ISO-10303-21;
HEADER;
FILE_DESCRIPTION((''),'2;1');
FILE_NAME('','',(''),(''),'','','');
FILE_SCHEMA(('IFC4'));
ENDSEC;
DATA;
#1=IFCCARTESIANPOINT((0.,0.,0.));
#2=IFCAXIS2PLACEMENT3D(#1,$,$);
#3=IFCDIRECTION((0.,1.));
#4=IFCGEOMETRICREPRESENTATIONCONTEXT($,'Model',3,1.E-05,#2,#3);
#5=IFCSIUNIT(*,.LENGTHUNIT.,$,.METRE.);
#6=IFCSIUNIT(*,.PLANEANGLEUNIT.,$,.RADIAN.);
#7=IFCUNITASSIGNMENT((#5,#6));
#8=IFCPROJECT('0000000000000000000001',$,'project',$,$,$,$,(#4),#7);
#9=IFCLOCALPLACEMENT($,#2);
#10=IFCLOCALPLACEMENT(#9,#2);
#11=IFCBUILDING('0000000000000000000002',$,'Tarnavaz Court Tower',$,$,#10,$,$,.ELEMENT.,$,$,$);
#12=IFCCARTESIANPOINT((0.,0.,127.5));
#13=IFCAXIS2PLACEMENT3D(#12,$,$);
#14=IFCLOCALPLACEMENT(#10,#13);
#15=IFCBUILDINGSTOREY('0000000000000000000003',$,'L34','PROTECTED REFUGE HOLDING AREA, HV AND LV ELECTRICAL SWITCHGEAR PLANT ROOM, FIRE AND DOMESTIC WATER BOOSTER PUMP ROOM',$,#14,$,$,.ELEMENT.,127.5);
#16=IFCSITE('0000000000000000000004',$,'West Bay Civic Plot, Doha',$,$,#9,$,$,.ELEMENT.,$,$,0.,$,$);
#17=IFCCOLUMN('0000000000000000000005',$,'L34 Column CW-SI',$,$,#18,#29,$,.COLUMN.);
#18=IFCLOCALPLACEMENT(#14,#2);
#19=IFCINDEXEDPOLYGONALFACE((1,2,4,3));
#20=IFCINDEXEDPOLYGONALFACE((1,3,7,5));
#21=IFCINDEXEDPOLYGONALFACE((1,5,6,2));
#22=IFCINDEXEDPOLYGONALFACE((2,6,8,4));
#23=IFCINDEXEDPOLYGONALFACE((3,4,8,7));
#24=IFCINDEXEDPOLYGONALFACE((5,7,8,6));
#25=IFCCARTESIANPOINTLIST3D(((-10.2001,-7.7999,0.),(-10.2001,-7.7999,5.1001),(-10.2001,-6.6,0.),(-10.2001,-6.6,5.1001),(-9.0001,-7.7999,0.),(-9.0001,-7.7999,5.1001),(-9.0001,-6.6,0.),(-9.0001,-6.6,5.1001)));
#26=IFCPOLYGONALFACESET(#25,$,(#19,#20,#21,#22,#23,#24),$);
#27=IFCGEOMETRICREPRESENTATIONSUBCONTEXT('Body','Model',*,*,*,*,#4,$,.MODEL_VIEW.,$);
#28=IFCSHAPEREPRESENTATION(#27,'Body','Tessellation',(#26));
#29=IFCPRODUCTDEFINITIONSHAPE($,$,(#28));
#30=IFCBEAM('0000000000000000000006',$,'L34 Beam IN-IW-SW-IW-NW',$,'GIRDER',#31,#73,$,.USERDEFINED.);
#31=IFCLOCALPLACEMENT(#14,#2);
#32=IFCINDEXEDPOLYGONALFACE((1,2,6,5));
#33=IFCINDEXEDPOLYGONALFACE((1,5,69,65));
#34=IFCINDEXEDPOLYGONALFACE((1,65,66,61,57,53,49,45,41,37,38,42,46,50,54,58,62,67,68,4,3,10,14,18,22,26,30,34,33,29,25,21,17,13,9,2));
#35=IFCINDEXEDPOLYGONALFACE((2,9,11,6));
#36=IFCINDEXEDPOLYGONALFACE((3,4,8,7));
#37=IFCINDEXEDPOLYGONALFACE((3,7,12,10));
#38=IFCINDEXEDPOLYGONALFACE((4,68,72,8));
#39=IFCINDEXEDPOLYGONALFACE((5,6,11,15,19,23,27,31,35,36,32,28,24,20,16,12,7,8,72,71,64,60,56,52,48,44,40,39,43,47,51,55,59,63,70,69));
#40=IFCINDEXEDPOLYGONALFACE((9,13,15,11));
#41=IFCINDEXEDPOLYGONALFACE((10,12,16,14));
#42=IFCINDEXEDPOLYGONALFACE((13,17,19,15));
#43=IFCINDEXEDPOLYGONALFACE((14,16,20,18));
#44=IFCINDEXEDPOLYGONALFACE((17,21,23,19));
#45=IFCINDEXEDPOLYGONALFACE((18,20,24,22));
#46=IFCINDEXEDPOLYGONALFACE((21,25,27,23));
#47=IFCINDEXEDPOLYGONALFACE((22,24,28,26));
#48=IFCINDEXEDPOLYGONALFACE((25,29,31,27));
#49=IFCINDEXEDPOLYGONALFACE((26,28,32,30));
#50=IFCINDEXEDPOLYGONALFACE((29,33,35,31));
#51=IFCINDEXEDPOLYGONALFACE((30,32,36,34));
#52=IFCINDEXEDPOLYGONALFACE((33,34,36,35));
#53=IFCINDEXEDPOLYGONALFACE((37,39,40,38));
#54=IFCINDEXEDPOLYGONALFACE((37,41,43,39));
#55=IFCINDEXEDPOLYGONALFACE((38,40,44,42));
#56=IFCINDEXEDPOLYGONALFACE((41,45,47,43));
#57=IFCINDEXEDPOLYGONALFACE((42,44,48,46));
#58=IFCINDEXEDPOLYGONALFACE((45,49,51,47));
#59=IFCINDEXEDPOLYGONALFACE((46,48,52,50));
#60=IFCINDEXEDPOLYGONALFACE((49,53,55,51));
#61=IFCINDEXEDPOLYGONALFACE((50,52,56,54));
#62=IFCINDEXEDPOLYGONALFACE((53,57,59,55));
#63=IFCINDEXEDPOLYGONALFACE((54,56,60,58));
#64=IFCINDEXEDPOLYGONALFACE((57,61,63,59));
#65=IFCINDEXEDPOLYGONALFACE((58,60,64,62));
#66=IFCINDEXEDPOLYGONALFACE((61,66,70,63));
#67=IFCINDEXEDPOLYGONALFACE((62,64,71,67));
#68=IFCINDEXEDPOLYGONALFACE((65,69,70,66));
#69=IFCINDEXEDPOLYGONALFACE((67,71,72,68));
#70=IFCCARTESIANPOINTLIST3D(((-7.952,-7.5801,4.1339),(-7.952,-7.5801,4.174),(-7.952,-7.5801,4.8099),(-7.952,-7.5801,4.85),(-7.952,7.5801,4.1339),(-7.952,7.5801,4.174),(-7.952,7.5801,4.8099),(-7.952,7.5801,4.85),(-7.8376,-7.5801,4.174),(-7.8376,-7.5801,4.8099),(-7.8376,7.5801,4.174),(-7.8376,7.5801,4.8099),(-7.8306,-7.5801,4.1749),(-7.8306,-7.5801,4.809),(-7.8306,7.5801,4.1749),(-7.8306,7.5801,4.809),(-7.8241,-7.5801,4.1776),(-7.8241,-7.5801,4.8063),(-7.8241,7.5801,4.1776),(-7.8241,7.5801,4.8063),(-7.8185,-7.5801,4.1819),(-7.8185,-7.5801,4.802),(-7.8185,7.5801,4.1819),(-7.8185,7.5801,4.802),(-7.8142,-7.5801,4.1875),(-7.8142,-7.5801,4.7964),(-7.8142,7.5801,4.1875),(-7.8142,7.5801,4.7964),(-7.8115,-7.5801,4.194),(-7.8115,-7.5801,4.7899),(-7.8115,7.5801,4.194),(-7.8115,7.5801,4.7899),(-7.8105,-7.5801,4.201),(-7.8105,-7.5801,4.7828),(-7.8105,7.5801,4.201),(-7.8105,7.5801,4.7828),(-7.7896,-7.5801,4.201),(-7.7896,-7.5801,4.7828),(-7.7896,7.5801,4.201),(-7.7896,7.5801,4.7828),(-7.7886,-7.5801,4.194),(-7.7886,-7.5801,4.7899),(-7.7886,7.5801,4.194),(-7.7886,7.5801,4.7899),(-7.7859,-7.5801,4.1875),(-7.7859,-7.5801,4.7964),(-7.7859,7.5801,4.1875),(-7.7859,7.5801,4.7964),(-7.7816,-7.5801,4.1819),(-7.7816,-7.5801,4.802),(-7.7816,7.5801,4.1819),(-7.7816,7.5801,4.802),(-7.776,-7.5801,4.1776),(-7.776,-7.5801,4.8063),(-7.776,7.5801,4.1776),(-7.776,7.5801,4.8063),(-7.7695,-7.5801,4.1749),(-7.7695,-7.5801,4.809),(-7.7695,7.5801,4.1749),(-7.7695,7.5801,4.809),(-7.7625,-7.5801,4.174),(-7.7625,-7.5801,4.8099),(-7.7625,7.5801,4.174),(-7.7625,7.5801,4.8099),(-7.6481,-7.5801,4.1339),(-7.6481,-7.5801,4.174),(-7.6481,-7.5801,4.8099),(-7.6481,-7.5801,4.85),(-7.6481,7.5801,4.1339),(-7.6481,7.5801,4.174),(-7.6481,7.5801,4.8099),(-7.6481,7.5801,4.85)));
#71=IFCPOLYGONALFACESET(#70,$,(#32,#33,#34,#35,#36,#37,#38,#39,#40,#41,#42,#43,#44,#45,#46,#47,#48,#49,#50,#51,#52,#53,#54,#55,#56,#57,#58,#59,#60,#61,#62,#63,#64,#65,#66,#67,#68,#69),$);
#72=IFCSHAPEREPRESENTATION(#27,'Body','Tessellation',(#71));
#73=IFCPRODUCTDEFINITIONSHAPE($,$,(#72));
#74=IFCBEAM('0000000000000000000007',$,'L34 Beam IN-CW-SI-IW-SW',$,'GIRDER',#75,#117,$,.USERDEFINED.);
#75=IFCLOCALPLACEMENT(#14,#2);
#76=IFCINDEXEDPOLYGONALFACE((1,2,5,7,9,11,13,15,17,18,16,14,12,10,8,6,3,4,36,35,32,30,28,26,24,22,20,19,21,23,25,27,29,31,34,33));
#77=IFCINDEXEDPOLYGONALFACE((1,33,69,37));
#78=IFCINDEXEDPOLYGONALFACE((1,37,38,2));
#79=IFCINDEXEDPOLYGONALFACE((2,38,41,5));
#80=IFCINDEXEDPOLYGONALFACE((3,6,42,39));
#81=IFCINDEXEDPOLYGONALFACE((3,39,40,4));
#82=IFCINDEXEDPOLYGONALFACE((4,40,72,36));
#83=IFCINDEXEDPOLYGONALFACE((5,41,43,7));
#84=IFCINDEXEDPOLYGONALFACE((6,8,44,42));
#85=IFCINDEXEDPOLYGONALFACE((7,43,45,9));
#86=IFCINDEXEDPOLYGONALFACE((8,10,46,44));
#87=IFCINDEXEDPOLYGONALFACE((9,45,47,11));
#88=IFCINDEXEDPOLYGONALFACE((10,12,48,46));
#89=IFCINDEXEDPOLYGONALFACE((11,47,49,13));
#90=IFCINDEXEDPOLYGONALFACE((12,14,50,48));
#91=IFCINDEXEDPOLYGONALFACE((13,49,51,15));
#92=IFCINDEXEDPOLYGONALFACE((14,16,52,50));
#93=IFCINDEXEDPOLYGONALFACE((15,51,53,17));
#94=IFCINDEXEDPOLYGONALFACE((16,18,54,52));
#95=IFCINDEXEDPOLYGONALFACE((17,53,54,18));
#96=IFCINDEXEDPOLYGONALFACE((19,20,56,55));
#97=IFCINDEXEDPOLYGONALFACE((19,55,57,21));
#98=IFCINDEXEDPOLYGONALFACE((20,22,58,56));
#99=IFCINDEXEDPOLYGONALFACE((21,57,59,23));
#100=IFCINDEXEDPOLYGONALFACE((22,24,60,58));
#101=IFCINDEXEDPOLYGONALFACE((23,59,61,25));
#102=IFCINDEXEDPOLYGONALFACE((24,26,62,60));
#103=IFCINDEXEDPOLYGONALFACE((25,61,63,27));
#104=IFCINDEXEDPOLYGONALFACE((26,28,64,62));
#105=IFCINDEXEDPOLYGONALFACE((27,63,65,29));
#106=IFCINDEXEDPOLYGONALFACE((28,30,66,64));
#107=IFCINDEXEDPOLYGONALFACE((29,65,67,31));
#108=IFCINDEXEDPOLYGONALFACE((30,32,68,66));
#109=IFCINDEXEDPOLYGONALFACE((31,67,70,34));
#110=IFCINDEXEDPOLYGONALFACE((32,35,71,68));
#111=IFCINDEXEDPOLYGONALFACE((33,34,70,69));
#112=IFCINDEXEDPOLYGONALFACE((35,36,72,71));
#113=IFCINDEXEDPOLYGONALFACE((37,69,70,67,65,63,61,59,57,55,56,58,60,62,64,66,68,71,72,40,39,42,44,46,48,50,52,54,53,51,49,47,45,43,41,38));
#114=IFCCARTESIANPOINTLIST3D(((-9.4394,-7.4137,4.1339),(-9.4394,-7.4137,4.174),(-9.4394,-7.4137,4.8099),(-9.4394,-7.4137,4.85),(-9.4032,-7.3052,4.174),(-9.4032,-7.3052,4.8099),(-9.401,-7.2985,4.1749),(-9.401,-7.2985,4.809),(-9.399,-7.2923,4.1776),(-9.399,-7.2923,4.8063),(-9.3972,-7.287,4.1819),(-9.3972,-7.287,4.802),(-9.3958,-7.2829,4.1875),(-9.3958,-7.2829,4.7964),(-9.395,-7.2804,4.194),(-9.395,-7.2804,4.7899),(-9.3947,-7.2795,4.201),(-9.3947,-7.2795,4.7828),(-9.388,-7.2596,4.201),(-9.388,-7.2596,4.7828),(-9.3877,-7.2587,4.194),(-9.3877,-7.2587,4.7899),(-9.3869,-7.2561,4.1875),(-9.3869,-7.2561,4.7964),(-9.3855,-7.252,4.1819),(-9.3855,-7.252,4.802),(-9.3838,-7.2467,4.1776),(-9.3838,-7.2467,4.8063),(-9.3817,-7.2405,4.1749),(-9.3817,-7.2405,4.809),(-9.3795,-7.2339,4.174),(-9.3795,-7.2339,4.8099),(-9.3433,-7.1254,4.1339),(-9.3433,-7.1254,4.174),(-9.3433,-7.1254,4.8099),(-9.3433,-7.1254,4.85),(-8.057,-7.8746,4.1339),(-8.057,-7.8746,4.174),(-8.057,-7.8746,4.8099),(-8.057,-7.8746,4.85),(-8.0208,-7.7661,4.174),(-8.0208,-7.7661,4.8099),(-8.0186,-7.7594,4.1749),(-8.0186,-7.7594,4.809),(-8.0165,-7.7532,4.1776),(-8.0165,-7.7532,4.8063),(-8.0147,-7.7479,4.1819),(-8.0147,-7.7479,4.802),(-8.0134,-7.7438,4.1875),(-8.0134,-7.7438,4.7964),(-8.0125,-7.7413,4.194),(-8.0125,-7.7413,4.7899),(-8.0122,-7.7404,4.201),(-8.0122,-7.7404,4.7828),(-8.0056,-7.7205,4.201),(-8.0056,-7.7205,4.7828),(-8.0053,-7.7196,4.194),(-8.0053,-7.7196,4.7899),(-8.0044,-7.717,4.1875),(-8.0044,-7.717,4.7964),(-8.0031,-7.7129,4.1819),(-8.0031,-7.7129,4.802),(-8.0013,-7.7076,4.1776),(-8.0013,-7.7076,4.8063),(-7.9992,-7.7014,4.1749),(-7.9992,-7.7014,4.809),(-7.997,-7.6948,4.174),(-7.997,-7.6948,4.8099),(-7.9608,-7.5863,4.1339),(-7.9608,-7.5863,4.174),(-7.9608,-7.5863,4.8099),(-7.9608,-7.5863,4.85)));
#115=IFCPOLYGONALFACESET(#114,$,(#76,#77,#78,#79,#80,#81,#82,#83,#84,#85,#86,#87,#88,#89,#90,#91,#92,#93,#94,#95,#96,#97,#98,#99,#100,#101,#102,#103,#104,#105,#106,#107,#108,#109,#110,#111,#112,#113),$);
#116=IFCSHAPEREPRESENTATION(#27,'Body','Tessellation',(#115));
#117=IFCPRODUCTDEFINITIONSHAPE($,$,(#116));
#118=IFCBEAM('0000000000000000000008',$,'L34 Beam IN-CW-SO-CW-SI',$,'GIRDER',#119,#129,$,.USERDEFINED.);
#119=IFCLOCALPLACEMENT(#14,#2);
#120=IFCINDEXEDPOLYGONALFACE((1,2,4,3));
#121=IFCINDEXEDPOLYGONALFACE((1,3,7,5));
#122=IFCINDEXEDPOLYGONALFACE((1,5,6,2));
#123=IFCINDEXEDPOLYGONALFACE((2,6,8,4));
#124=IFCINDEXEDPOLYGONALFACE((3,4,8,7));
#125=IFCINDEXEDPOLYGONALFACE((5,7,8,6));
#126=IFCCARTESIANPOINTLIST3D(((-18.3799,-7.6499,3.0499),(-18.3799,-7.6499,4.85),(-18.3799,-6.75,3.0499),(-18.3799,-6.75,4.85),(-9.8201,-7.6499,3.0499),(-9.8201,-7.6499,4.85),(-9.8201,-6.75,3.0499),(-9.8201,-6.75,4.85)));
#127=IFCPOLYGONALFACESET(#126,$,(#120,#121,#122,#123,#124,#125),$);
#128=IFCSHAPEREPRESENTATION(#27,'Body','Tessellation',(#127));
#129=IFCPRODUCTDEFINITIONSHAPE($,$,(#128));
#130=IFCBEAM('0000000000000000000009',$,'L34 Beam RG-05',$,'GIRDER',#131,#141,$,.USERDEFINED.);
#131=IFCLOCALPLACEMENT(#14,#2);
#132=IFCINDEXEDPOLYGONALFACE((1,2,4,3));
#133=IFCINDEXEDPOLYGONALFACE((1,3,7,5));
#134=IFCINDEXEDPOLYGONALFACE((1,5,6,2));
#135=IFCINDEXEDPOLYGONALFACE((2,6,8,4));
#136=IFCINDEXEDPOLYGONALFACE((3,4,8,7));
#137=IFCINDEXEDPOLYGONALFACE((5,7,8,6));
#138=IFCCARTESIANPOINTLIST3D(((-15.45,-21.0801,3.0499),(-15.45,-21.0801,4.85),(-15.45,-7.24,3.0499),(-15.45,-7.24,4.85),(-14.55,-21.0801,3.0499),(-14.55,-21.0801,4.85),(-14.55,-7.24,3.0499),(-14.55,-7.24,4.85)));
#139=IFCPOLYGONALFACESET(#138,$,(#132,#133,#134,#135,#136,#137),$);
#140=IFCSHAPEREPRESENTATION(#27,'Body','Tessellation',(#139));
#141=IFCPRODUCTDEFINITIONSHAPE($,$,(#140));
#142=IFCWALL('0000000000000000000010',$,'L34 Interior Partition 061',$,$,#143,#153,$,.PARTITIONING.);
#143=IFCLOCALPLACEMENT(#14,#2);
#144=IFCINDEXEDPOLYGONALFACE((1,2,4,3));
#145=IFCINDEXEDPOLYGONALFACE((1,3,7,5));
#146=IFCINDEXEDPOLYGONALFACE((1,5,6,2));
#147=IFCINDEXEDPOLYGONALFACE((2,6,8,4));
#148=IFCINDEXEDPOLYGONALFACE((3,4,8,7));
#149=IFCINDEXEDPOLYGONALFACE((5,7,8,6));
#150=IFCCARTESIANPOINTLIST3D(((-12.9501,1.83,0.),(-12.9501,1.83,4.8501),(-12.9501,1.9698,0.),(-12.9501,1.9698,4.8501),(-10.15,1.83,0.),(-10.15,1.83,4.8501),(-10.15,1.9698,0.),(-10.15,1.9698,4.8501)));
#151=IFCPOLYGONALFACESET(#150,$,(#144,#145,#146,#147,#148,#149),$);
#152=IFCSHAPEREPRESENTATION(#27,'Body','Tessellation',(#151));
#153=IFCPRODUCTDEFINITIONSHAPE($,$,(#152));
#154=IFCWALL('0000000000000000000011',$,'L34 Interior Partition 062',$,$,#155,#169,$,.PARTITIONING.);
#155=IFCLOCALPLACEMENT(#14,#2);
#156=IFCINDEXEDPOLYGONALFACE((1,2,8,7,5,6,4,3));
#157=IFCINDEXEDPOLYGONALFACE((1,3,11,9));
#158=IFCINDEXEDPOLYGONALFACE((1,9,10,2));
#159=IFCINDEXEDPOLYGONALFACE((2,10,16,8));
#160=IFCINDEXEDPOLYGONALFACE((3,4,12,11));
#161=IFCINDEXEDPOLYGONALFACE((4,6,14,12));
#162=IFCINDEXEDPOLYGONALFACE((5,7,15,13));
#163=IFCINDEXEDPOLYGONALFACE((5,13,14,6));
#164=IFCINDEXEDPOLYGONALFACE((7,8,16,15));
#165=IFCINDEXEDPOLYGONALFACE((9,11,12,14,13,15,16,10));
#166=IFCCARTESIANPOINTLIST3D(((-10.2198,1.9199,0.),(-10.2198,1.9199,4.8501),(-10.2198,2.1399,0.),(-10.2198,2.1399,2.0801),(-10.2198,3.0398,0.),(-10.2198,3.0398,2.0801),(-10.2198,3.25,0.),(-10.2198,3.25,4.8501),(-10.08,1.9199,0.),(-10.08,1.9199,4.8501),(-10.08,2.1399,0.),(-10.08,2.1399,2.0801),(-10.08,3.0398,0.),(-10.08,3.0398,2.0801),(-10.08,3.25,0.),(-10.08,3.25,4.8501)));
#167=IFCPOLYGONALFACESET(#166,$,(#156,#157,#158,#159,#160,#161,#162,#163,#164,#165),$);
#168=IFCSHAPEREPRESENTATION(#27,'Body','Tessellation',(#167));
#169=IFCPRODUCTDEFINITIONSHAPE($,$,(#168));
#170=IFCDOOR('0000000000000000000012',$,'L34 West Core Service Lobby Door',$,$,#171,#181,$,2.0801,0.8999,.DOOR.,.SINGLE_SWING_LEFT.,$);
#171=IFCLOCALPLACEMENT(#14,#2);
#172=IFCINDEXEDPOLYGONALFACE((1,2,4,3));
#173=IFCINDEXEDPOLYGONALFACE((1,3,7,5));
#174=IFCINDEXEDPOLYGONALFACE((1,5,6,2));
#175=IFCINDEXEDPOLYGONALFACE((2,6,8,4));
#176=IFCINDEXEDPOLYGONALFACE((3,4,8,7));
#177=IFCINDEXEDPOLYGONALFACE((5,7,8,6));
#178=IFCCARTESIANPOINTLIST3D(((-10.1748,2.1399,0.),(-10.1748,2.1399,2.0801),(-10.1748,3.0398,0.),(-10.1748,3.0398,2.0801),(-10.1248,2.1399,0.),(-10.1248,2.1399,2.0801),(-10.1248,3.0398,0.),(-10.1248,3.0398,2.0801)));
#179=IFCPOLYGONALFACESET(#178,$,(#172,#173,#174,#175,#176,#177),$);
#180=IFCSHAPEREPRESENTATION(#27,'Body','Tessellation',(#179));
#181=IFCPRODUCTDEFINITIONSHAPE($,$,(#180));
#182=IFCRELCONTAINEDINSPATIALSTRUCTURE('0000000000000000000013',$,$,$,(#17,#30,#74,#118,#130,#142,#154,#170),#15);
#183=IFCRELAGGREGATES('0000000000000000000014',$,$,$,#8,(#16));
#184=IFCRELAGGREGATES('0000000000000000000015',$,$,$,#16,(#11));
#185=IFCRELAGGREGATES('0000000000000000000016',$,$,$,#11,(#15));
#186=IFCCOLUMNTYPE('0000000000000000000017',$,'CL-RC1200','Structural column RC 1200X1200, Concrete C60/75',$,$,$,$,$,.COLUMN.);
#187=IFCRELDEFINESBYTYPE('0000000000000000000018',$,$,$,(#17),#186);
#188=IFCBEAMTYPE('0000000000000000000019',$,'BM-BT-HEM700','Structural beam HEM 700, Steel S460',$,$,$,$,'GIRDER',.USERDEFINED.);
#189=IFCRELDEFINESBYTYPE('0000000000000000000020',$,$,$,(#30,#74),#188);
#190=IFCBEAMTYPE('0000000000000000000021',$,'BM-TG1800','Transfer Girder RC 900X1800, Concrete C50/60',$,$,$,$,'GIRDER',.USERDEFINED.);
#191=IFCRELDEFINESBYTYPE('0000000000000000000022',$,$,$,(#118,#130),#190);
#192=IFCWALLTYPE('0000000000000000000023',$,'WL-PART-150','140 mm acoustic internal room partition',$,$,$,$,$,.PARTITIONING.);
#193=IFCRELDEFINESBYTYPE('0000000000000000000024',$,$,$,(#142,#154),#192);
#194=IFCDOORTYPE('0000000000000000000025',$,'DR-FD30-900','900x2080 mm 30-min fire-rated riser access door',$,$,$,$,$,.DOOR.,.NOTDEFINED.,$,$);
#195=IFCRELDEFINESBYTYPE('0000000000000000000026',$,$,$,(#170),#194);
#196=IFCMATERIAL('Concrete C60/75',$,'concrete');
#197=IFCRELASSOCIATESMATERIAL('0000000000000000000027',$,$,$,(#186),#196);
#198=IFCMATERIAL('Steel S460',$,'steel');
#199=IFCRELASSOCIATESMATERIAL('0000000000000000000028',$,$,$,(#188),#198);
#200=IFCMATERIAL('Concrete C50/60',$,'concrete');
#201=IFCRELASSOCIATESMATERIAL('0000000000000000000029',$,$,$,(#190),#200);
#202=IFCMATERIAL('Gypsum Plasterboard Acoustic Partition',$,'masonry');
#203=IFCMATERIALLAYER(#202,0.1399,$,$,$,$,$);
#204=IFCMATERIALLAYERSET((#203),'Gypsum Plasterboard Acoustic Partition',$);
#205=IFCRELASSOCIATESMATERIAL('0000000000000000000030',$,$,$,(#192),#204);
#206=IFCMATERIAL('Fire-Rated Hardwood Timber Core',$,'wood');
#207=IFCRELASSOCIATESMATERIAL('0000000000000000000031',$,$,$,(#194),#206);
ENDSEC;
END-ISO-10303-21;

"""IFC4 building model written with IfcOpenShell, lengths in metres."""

from ifc_helpers import new_model, si_unit, direction, frame, frame_2d, origin, origin_2d, place, context, subcontext, project, spatial, rectangle, i_section, extrude, material, layer, layer_set, material_profile, profile_set, type_object, element, fill, save


model = new_model("IFC4")

# Units and contexts
model_context = context("Model", 3, precision=1e-05, world=origin(), true_north=direction((0.0, 1.0)))
body_context = subcontext(model_context, "Body", "Model", "MODEL_VIEW")
ifc_project = project(units=[si_unit("LENGTHUNIT", "METRE"), si_unit("PLANEANGLEUNIT", "RADIAN")], contexts=[model_context])

# Site, building, storey
site_placement = place(None, origin())
site = spatial("IfcSite", under=ifc_project, at=site_placement, Name="West Bay Civic Plot, Doha", CompositionType="ELEMENT", RefElevation=0.0)
building_placement = place(site_placement, origin())
building = spatial("IfcBuilding", under=site, at=building_placement, Name="Tarnavaz Court Tower", CompositionType="ELEMENT")
storey_placement = place(building_placement, frame((0.0, 0.0, 127.5)))
storey = spatial("IfcBuildingStorey", under=building, at=storey_placement, Name="L34", Description="PROTECTED REFUGE HOLDING AREA, HV AND LV ELECTRICAL SWITCHGEAR PLANT ROOM, FIRE AND DOMESTIC WATER BOOSTER PUMP ROOM", CompositionType="ELEMENT", Elevation=127.5)

# Column
ifc_material_1 = material(Name="Concrete C60/75", Category="concrete")
ifc_material_profile_1 = material_profile(ifc_material_1, rectangle(XDim=1.2, YDim=1.2, at=origin_2d()), Name="RC 1200X1200")
ifc_profile_set_1 = profile_set([ifc_material_profile_1], Name="Concrete C60/75")
column_type = type_object("IfcColumnType", Name="CL-RC1200", Description="Structural column RC 1200X1200, Concrete C60/75", PredefinedType="COLUMN", material=ifc_profile_set_1)
column_placement = place(storey_placement, frame((-9.6001, -7.2, 0.0), z_axis=(0.0, 0.0, 1.0), x_axis=(1.0, 0.0, 0.0)))
element("IfcColumn", 1, at=column_placement, inside=storey, type_object=column_type, Name="L34 Column CW-SI", PredefinedType="COLUMN", context=body_context, shape_type="SweptSolid", body=[
    extrude(rectangle(XDim=1.2, YDim=1.2, at=origin_2d()), origin(), (0.0, 0.0, 1.0), 5.1001),
])

# Beams
ifc_material_2 = material(Name="Steel S460", Category="steel")
ifc_material_profile_2 = material_profile(ifc_material_2, i_section(OverallWidth=0.304, OverallDepth=0.7161, WebThickness=0.021, FlangeThickness=0.04, FilletRadius=0.0271, at=origin_2d()), Name="HEM 700")
ifc_profile_set_2 = profile_set([ifc_material_profile_2], Name="Steel S460")
beam_type_1 = type_object("IfcBeamType", Name="BM-BT-HEM700", Description="Structural beam HEM 700, Steel S460", ElementType="GIRDER", PredefinedType="USERDEFINED", material=ifc_profile_set_2)
beam_1_placement = place(storey_placement, frame((-7.8, -7.5801, 4.4919), z_axis=(0.0, 1.0, 0.0), x_axis=(-1.0, 0.0, 0.0)))
element("IfcBeam", 2, at=beam_1_placement, inside=storey, type_object=beam_type_1, Name="L34 Beam IN-IW-SW-IW-NW", ObjectType="GIRDER", PredefinedType="USERDEFINED", context=body_context, shape_type="SweptSolid", body=[
    extrude(i_section(OverallWidth=0.304, OverallDepth=0.7161, WebThickness=0.021, FlangeThickness=0.04, FilletRadius=0.0271, at=origin_2d()), origin(), (0.0, 0.0, 1.0), 15.1602),
])
beam_2_placement = place(storey_placement, frame((-9.3914, -7.2695, 4.4919), z_axis=(0.948667, -0.316278, 0.0), x_axis=(0.316278, 0.948667, 0.0)))
element("IfcBeam", 3, at=beam_2_placement, inside=storey, type_object=beam_type_1, Name="L34 Beam IN-CW-SI-IW-SW", ObjectType="GIRDER", PredefinedType="USERDEFINED", context=body_context, shape_type="SweptSolid", body=[
    extrude(i_section(OverallWidth=0.304, OverallDepth=0.7161, WebThickness=0.021, FlangeThickness=0.04, FilletRadius=0.0271, at=origin_2d()), origin(), (0.0, 0.0, 1.0), 1.4573),
])
ifc_material_3 = material(Name="Concrete C50/60", Category="concrete")
ifc_material_profile_3 = material_profile(ifc_material_3, rectangle(XDim=0.8999, YDim=1.8, at=origin_2d()), Name="RC 900X1800")
ifc_profile_set_3 = profile_set([ifc_material_profile_3], Name="Concrete C50/60")
beam_type_2 = type_object("IfcBeamType", Name="BM-TG1800", Description="Transfer Girder RC 900X1800, Concrete C50/60", ElementType="GIRDER", PredefinedType="USERDEFINED", material=ifc_profile_set_3)
beam_3_placement = place(storey_placement, frame((-18.3799, -7.2, 3.95), z_axis=(1.0, 0.0, 0.0), x_axis=(0.0, 1.0, 0.0)))
element("IfcBeam", 4, at=beam_3_placement, inside=storey, type_object=beam_type_2, Name="L34 Beam IN-CW-SO-CW-SI", ObjectType="GIRDER", PredefinedType="USERDEFINED", context=body_context, shape_type="SweptSolid", body=[
    extrude(rectangle(XDim=0.8999, YDim=1.8, at=origin_2d()), origin(), (0.0, 0.0, 1.0), 8.5598),
])
beam_4_placement = place(storey_placement, frame((-15.0, -7.24, 3.95), z_axis=(0.0, -1.0, 0.0), x_axis=(1.0, 0.0, 0.0)))
element("IfcBeam", 5, at=beam_4_placement, inside=storey, type_object=beam_type_2, Name="L34 Beam RG-05", ObjectType="GIRDER", PredefinedType="USERDEFINED", context=body_context, shape_type="SweptSolid", body=[
    extrude(rectangle(XDim=0.8999, YDim=1.8, at=origin_2d()), origin(), (0.0, 0.0, 1.0), 13.8401),
])

# Wall
ifc_material_4 = material(Name="Gypsum Plasterboard Acoustic Partition", Category="masonry")
ifc_layer_1 = layer(ifc_material_4, 0.1399)
ifc_layer_set_1 = layer_set([ifc_layer_1], Name="Gypsum Plasterboard Acoustic Partition")
wall_type_1 = type_object("IfcWallType", Name="WL-PART-150", Description="140 mm acoustic internal room partition", PredefinedType="PARTITIONING", material=ifc_layer_set_1)
wall_1_placement = place(storey_placement, frame((-12.95, 1.8999, 0.0), z_axis=(0.0, 0.0, 1.0), x_axis=(1.0, 0.0, 0.0)))
element("IfcWall", 6, at=wall_1_placement, inside=storey, type_object=wall_type_1, Name="L34 Interior Partition 061", PredefinedType="PARTITIONING", context=body_context, shape_type="SweptSolid", body=[
    extrude(rectangle(XDim=2.8, YDim=0.1399, at=frame_2d((1.3999, 0.0))), origin(), (0.0, 0.0, 1.0), 4.8501),
])

# Wall, opening, door
wall_2_placement = place(storey_placement, frame((-10.1499, 1.9199, 0.0), z_axis=(0.0, 0.0, 1.0), x_axis=(0.0, 1.0, 0.0)))
wall_2 = element("IfcWall", 7, at=wall_2_placement, inside=storey, type_object=wall_type_1, Name="L34 Interior Partition 062", PredefinedType="PARTITIONING", context=body_context, shape_type="SweptSolid", body=[
    extrude(rectangle(XDim=1.3301, YDim=0.1399, at=frame_2d((0.665, 0.0))), origin(), (0.0, 0.0, 1.0), 4.8501),
])
opening_1_placement = place(wall_2_placement, frame((0.22, 0.0, 0.0)))
opening_1 = element("IfcOpeningElement", 8, at=opening_1_placement, cuts=wall_2, PredefinedType="OPENING", context=body_context, shape_type="SweptSolid", body=[
    extrude(rectangle(XDim=0.8999, YDim=2.0801, at=frame_2d((0.45, 1.04))), frame((0.0, 0.0798, 0.0), z_axis=(0.0, -1.0, 0.0), x_axis=(1.0, 0.0, 0.0)), (0.0, 0.0, 1.0), 0.1599),
])
ifc_material_5 = material(Name="Fire-Rated Hardwood Timber Core", Category="wood")
door_type = type_object("IfcDoorType", Name="DR-FD30-900", Description="900x2080 mm 30-min fire-rated riser access door", OperationType="NOTDEFINED", PredefinedType="DOOR", material=ifc_material_5)
door_1_placement = place(opening_1_placement, origin())
door_1 = element("IfcDoor", 9, at=door_1_placement, inside=storey, type_object=door_type, Name="L34 West Core Service Lobby Door", OperationType="SINGLE_SWING_LEFT", OverallHeight=2.0801, OverallWidth=0.8999, PredefinedType="DOOR", context=body_context, shape_type="SweptSolid", body=[
    extrude(rectangle(XDim=0.8999, YDim=2.0801, at=frame_2d((0.45, 1.04))), frame((0.0, 0.0249, 0.0), z_axis=(0.0, -1.0, 0.0), x_axis=(1.0, 0.0, 0.0)), (0.0, 0.0, 1.0), 0.05),
])
fill(opening_1, door_1)

save(model, "model.ifc")
